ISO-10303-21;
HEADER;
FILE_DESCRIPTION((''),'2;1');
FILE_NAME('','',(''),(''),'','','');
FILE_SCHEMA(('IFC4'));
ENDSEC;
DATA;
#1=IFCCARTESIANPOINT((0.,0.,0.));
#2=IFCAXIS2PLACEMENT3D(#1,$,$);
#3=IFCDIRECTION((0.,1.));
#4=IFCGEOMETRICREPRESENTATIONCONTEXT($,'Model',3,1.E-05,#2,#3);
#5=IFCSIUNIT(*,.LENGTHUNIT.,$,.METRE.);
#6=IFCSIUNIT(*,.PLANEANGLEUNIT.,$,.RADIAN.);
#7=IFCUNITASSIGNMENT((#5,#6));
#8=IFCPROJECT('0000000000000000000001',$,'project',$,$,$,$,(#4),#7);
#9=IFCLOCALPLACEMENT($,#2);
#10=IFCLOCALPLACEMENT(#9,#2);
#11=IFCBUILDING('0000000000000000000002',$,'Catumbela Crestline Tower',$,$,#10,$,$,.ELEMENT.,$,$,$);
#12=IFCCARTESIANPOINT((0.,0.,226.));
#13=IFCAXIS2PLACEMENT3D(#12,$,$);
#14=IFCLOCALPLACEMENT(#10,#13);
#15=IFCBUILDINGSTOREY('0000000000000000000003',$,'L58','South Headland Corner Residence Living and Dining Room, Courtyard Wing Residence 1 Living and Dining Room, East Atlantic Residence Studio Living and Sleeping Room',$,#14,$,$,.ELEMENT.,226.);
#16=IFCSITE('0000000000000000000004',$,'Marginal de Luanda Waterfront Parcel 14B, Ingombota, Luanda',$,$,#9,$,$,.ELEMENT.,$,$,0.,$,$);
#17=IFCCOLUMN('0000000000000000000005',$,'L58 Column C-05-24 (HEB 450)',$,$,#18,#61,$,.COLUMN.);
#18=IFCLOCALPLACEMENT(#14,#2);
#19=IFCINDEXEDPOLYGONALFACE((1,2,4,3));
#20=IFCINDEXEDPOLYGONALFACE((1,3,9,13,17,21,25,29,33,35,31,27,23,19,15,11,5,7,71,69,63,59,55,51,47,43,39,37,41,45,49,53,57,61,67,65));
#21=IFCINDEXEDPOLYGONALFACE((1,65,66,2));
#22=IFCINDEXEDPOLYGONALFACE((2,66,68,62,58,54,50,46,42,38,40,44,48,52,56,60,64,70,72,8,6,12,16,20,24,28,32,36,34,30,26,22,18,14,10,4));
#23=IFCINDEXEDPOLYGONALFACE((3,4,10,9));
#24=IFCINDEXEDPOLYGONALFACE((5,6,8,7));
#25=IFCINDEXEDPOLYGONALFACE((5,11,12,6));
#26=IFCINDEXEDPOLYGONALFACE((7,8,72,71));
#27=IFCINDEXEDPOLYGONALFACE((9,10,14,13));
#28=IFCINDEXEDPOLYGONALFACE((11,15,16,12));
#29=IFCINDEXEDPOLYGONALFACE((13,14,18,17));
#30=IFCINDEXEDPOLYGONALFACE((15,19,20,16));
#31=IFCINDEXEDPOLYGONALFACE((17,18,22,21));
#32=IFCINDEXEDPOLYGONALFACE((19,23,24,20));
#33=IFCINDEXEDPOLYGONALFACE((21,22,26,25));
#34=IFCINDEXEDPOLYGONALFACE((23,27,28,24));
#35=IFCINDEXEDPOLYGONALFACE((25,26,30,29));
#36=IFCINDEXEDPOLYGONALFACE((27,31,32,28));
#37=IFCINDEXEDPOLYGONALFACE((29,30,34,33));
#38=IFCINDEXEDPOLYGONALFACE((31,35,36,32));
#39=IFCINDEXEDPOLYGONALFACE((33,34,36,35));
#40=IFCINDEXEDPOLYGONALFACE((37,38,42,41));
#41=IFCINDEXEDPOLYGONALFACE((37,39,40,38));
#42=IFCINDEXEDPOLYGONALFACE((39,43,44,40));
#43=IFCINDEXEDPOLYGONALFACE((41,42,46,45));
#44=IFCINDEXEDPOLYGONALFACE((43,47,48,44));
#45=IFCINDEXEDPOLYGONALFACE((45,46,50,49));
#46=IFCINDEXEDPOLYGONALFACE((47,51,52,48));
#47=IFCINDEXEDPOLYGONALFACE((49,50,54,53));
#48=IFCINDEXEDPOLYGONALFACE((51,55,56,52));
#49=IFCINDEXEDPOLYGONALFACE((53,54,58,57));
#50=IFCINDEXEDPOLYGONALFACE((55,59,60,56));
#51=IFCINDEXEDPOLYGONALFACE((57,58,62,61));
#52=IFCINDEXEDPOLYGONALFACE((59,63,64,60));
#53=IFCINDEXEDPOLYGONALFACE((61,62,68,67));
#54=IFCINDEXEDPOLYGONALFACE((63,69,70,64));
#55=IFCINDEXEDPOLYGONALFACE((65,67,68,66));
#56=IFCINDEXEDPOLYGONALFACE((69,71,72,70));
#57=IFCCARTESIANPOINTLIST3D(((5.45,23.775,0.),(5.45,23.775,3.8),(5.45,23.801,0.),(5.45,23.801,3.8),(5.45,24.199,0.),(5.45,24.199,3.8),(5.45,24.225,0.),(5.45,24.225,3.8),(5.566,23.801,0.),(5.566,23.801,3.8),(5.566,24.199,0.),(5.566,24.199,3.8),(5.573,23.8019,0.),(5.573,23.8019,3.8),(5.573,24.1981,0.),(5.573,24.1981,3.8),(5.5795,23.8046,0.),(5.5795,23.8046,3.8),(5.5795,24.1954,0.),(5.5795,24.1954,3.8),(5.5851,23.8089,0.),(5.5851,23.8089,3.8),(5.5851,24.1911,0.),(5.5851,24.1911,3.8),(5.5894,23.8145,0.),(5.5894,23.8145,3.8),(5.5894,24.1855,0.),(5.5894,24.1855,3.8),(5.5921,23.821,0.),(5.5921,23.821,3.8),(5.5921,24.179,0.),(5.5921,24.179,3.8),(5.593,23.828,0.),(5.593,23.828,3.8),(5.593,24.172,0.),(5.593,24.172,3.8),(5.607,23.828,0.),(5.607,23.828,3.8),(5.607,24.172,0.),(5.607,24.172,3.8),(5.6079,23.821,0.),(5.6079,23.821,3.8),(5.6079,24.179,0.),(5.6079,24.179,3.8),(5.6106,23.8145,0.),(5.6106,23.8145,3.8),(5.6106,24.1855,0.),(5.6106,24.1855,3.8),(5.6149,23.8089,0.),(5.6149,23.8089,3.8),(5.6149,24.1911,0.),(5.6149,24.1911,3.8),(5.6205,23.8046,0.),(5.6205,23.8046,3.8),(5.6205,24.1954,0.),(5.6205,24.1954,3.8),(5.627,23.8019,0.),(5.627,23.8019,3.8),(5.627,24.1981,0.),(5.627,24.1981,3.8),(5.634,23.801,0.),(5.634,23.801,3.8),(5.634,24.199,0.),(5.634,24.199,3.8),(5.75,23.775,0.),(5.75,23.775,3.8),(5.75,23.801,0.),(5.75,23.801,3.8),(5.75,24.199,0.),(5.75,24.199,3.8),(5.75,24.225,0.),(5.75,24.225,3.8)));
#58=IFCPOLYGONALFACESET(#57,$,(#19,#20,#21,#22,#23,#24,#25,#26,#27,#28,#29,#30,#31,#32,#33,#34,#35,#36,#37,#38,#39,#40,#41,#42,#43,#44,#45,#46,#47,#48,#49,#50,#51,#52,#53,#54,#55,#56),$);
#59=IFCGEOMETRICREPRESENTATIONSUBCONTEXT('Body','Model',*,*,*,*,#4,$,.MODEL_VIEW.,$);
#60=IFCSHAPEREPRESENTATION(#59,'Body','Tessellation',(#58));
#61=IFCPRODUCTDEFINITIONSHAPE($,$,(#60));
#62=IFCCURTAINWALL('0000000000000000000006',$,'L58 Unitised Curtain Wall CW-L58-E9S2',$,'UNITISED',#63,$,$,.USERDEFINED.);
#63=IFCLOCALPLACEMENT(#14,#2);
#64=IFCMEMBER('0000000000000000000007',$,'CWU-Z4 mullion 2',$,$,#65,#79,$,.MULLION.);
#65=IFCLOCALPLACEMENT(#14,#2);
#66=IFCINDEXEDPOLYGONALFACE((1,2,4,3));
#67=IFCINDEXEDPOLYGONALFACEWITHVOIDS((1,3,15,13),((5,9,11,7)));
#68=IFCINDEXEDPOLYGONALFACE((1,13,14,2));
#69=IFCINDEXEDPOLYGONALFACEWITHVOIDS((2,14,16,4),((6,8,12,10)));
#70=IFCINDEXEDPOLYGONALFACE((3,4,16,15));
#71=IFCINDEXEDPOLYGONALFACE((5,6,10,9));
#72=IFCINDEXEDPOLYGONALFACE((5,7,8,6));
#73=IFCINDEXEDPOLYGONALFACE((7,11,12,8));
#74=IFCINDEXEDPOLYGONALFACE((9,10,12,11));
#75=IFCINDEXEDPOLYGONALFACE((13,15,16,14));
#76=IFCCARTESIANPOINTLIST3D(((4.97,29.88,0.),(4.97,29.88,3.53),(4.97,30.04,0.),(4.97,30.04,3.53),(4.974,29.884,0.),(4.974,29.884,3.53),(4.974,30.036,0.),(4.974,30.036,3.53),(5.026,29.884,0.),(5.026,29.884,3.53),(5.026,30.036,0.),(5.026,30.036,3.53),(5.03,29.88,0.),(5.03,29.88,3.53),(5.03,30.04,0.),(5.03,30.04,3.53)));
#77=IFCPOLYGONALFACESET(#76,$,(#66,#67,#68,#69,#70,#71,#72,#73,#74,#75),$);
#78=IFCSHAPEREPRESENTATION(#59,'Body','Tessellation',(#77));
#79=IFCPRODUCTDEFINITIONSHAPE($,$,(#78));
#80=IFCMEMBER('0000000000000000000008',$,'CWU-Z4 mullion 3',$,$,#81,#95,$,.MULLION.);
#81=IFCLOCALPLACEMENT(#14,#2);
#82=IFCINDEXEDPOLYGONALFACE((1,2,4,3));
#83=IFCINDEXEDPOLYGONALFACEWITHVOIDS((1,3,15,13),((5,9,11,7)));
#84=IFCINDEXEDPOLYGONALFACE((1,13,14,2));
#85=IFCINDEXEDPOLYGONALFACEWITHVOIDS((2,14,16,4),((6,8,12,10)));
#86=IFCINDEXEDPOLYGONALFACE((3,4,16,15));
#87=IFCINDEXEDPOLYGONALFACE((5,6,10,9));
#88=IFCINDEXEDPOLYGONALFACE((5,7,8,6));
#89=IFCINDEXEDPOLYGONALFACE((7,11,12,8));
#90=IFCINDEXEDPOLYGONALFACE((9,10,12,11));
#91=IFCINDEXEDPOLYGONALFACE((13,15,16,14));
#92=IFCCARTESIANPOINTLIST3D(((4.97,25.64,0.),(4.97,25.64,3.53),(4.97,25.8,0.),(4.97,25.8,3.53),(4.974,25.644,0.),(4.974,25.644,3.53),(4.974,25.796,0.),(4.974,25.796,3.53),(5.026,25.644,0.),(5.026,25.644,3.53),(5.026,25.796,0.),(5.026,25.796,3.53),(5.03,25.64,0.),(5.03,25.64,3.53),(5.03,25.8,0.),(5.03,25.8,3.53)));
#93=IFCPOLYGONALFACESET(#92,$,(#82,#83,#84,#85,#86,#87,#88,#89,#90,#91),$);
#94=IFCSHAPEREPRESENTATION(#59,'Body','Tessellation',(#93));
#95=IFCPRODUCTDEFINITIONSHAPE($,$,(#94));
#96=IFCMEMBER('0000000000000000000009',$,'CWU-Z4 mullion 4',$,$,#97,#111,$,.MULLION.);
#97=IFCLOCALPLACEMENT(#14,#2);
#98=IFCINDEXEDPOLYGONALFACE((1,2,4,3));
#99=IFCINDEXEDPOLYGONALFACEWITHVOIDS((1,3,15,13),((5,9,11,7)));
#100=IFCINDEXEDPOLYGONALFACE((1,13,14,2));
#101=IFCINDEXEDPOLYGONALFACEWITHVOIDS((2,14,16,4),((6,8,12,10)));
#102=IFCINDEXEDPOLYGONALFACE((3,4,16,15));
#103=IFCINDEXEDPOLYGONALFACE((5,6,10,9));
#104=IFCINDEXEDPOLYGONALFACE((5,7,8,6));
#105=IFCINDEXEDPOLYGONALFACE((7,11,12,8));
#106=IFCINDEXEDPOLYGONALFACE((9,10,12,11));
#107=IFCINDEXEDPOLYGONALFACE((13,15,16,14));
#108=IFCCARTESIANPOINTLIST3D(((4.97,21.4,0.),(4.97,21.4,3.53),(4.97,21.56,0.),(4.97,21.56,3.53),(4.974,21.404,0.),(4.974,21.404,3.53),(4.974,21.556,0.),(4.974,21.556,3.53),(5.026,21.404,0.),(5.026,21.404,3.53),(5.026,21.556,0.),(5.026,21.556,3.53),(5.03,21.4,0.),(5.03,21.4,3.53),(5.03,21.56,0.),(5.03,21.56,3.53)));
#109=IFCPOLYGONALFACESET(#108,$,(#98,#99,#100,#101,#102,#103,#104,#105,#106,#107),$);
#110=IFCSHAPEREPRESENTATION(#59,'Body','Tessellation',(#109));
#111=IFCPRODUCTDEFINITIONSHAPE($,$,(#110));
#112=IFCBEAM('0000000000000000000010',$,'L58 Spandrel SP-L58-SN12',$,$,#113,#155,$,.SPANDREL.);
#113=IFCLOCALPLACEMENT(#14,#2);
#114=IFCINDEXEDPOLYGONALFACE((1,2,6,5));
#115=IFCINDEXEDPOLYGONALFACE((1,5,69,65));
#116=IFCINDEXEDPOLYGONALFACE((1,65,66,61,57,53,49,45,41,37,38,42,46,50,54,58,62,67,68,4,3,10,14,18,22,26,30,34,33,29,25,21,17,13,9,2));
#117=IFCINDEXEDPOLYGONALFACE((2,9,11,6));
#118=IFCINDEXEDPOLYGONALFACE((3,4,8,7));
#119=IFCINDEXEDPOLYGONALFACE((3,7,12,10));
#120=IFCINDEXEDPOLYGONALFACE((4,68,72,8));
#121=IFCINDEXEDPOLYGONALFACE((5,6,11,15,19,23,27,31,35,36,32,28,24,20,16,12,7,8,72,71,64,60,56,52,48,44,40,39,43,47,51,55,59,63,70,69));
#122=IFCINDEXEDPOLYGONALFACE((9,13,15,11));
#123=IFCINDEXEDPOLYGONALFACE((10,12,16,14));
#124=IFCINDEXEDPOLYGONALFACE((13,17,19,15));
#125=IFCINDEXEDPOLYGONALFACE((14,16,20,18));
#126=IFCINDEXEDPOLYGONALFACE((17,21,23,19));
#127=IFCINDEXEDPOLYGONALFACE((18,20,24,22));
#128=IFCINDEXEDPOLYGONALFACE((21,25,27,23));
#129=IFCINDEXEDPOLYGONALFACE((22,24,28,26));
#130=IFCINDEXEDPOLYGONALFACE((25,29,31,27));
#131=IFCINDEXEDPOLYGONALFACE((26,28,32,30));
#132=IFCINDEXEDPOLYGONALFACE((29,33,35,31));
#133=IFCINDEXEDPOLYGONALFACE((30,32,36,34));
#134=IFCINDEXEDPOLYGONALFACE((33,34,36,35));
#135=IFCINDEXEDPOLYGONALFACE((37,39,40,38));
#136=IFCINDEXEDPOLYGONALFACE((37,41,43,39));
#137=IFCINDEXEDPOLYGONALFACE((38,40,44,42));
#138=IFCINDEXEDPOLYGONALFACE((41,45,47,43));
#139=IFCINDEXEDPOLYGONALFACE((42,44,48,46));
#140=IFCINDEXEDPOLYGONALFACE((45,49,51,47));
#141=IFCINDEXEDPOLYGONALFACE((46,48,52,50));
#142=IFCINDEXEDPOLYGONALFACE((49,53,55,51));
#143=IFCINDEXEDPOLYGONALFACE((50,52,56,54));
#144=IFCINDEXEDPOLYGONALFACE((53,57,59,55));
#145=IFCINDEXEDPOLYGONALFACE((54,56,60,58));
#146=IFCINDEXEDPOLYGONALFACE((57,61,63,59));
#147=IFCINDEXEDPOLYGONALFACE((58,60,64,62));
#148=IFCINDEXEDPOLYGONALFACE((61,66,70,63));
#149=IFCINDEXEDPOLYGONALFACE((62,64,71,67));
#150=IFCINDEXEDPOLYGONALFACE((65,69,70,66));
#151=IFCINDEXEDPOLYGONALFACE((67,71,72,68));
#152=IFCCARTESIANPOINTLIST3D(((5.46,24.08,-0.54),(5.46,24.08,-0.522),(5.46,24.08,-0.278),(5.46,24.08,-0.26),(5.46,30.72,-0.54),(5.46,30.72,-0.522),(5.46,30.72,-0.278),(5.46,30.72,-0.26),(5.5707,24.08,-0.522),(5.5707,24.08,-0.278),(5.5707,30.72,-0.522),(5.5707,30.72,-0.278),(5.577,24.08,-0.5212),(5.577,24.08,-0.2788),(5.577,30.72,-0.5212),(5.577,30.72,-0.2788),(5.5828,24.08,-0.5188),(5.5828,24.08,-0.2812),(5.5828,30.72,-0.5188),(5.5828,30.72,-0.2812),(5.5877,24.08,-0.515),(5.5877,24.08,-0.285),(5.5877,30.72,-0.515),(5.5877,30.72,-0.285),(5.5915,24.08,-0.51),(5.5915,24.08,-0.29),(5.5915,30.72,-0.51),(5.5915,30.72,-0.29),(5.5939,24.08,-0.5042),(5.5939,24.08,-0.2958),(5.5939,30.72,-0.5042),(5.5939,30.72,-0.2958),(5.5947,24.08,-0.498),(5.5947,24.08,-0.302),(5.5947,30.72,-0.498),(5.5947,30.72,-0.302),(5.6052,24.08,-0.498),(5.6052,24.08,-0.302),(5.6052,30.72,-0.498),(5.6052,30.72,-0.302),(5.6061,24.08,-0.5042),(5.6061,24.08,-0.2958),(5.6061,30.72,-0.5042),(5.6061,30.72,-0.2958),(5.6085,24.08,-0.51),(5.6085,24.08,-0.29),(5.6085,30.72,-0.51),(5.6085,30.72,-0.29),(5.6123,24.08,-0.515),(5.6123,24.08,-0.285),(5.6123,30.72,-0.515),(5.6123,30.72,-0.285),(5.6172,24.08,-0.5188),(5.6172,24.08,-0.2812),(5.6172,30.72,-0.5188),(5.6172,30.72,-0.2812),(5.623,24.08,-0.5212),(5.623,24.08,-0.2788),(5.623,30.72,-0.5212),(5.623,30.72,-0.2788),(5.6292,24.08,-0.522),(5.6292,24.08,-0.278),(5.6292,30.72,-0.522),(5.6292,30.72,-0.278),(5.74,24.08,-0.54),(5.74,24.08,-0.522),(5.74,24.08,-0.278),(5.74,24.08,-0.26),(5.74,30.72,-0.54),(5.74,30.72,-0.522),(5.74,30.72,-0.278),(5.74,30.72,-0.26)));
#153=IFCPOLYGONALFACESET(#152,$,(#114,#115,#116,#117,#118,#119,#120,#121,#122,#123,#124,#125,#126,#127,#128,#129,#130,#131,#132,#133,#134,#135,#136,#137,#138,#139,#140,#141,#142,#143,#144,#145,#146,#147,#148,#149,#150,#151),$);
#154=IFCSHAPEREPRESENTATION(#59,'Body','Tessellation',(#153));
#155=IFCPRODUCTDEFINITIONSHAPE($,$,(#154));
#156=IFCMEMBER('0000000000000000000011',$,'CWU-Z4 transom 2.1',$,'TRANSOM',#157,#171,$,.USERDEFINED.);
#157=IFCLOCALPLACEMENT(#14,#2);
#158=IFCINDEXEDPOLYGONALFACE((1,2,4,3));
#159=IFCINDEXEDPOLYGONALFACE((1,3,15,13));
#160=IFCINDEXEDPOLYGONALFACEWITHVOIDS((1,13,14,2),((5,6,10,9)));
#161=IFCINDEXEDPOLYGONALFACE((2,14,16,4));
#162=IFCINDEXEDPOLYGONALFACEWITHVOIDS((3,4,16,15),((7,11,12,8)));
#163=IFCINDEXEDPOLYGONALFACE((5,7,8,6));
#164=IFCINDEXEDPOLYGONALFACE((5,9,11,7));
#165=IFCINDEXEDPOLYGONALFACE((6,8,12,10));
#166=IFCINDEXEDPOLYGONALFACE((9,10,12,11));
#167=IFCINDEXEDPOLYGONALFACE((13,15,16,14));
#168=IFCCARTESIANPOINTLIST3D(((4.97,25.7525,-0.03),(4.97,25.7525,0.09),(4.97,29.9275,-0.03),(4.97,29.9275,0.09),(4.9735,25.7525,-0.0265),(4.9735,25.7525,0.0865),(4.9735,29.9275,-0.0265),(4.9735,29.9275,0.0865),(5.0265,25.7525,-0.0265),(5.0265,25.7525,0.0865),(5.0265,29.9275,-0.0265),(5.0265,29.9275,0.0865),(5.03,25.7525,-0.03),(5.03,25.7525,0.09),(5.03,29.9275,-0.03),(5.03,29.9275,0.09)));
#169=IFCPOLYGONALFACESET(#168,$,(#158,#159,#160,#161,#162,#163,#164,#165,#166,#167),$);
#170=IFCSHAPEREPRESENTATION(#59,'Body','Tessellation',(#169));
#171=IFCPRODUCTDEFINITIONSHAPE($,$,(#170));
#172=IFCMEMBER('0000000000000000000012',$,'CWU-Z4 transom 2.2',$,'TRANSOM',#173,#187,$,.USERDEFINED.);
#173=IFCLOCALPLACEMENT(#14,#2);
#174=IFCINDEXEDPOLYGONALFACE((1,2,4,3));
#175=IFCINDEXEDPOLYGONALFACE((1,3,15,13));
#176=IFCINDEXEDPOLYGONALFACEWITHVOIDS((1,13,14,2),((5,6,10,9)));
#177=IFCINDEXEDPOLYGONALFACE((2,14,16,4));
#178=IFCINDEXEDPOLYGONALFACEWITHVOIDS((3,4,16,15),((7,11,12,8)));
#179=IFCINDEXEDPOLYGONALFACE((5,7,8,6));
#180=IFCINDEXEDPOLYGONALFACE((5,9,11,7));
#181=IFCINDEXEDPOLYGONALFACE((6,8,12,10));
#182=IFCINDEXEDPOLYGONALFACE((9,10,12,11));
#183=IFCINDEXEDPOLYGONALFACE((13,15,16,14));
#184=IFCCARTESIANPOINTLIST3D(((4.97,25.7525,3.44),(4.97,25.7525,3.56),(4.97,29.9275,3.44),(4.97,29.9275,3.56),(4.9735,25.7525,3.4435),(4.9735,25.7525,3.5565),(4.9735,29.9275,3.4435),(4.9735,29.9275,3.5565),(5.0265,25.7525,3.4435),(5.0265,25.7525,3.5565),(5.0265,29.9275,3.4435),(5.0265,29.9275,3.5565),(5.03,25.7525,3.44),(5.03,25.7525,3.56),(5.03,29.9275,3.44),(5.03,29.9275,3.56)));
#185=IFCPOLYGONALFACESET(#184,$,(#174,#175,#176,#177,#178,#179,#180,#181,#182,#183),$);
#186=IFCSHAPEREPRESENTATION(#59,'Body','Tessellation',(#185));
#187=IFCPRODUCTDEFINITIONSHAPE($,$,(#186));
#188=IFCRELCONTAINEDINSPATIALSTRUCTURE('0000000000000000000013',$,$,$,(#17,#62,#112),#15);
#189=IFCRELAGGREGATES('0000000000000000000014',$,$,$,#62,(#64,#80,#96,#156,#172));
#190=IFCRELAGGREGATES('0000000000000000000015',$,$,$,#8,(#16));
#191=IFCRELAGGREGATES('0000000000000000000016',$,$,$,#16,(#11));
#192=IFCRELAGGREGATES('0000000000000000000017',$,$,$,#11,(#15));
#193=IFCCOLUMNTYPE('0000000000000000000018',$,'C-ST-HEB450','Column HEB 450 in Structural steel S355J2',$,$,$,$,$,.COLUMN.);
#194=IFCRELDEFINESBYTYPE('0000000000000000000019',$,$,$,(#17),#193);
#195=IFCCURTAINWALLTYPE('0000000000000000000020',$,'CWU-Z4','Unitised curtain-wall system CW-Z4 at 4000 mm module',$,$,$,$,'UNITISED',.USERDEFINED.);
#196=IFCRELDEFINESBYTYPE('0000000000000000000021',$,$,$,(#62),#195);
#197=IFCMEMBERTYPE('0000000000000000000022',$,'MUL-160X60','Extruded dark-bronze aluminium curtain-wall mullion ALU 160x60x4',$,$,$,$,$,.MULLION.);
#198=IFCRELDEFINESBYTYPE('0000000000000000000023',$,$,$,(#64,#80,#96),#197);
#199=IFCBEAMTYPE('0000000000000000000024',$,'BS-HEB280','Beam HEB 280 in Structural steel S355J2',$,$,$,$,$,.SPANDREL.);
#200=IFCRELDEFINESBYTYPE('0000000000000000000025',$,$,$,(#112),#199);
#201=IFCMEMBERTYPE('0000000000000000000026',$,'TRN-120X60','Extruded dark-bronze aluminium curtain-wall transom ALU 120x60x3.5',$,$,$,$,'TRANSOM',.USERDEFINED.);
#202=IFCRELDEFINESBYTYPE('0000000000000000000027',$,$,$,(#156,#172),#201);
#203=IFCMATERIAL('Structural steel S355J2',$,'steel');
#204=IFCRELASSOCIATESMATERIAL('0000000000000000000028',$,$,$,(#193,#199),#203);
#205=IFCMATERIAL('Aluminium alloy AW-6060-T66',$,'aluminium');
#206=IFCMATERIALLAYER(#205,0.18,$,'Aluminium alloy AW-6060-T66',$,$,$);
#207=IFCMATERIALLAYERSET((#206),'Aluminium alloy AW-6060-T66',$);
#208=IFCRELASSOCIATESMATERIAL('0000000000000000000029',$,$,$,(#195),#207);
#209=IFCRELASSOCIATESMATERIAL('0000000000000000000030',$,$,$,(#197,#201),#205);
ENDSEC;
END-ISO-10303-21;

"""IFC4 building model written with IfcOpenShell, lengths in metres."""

from ifc_helpers import new_model, si_unit, direction, frame, origin, origin_2d, place, context, subcontext, project, spatial, hollow_rectangle, i_section, extrude, material, layer, layer_set, material_profile, profile_set, type_object, element, aggregate, save


model = new_model("IFC4")

# Units and contexts
model_context = context("Model", 3, precision=1e-05, world=origin(), true_north=direction((0.0, 1.0)))
body_context = subcontext(model_context, "Body", "Model", "MODEL_VIEW")
ifc_project = project(units=[si_unit("LENGTHUNIT", "METRE"), si_unit("PLANEANGLEUNIT", "RADIAN")], contexts=[model_context])

# Site, building, storey
site_placement = place(None, origin())
site = spatial("IfcSite", under=ifc_project, at=site_placement, Name="Marginal de Luanda Waterfront Parcel 14B, Ingombota, Luanda", CompositionType="ELEMENT", RefElevation=0.0)
building_placement = place(site_placement, origin())
building = spatial("IfcBuilding", under=site, at=building_placement, Name="Catumbela Crestline Tower", CompositionType="ELEMENT")
storey_placement = place(building_placement, frame((0.0, 0.0, 226.0)))
storey = spatial("IfcBuildingStorey", under=building, at=storey_placement, Name="L58", Description="South Headland Corner Residence Living and Dining Room, Courtyard Wing Residence 1 Living and Dining Room, East Atlantic Residence Studio Living and Sleeping Room", CompositionType="ELEMENT", Elevation=226.0)

# Column
ifc_material_1 = material(Name="Structural steel S355J2", Category="steel")
ifc_material_profile_1 = material_profile(ifc_material_1, i_section(OverallWidth=0.3, OverallDepth=0.45, WebThickness=0.014, FlangeThickness=0.026, FilletRadius=0.027, at=origin_2d()), Name="HEB 450")
ifc_profile_set_1 = profile_set([ifc_material_profile_1], Name="Structural steel S355J2")
column_type = type_object("IfcColumnType", Name="C-ST-HEB450", Description="Column HEB 450 in Structural steel S355J2", PredefinedType="COLUMN", material=ifc_profile_set_1)
column_placement = place(storey_placement, frame((5.6, 24.0, 0.0), z_axis=(0.0, 0.0, 1.0), x_axis=(1.0, 0.0, 0.0)))
element("IfcColumn", 1, at=column_placement, inside=storey, type_object=column_type, Name="L58 Column C-05-24 (HEB 450)", PredefinedType="COLUMN", context=body_context, shape_type="SweptSolid", body=[
    extrude(i_section(OverallWidth=0.3, OverallDepth=0.45, WebThickness=0.014, FlangeThickness=0.026, FilletRadius=0.027, at=origin_2d()), origin(), (0.0, 0.0, 1.0), 3.8),
])

# Curtain wall, members
ifc_material_2 = material(Name="Aluminium alloy AW-6060-T66", Category="aluminium")
ifc_layer_1 = layer(ifc_material_2, 0.18, Name="Aluminium alloy AW-6060-T66")
ifc_layer_set_1 = layer_set([ifc_layer_1], Name="Aluminium alloy AW-6060-T66")
curtain_wall_type = type_object("IfcCurtainWallType", Name="CWU-Z4", Description="Unitised curtain-wall system CW-Z4 at 4000 mm module", ElementType="UNITISED", PredefinedType="USERDEFINED", material=ifc_layer_set_1)
curtain_wall_placement = place(storey_placement, origin())
curtain_wall = element("IfcCurtainWall", 2, at=curtain_wall_placement, inside=storey, type_object=curtain_wall_type, Name="L58 Unitised Curtain Wall CW-L58-E9S2", ObjectType="UNITISED", PredefinedType="USERDEFINED")
ifc_material_profile_2 = material_profile(ifc_material_2, hollow_rectangle(XDim=0.06, YDim=0.16, WallThickness=0.004, at=origin_2d()), Name="ALU 160x60x4")
ifc_profile_set_2 = profile_set([ifc_material_profile_2], Name="Aluminium alloy AW-6060-T66")
member_type_1 = type_object("IfcMemberType", Name="MUL-160X60", Description="Extruded dark-bronze aluminium curtain-wall mullion ALU 160x60x4", PredefinedType="MULLION", material=ifc_profile_set_2)
member_1_placement = place(storey_placement, frame((5.0, 29.96, 0.0), z_axis=(0.0, 0.0, 1.0), x_axis=(1.0, 0.0, 0.0)))
member_1 = element("IfcMember", 3, at=member_1_placement, type_object=member_type_1, Name="CWU-Z4 mullion 2", PredefinedType="MULLION", context=body_context, shape_type="SweptSolid", body=[
    extrude(hollow_rectangle(XDim=0.06, YDim=0.16, WallThickness=0.004, at=origin_2d()), origin(), (0.0, 0.0, 1.0), 3.53),
])
member_2_placement = place(storey_placement, frame((5.0, 25.72, 0.0), z_axis=(0.0, 0.0, 1.0), x_axis=(1.0, 0.0, 0.0)))
member_2 = element("IfcMember", 4, at=member_2_placement, type_object=member_type_1, Name="CWU-Z4 mullion 3", PredefinedType="MULLION", context=body_context, shape_type="SweptSolid", body=[
    extrude(hollow_rectangle(XDim=0.06, YDim=0.16, WallThickness=0.004, at=origin_2d()), origin(), (0.0, 0.0, 1.0), 3.53),
])
member_3_placement = place(storey_placement, frame((5.0, 21.48, 0.0), z_axis=(0.0, 0.0, 1.0), x_axis=(1.0, 0.0, 0.0)))
member_3 = element("IfcMember", 5, at=member_3_placement, type_object=member_type_1, Name="CWU-Z4 mullion 4", PredefinedType="MULLION", context=body_context, shape_type="SweptSolid", body=[
    extrude(hollow_rectangle(XDim=0.06, YDim=0.16, WallThickness=0.004, at=origin_2d()), origin(), (0.0, 0.0, 1.0), 3.53),
])

# Beam
ifc_material_profile_3 = material_profile(ifc_material_1, i_section(OverallWidth=0.28, OverallDepth=0.28, WebThickness=0.0105, FlangeThickness=0.018, FilletRadius=0.024, at=origin_2d()), Name="HEB 280")
ifc_profile_set_3 = profile_set([ifc_material_profile_3], Name="Structural steel S355J2")
beam_type = type_object("IfcBeamType", Name="BS-HEB280", Description="Beam HEB 280 in Structural steel S355J2", PredefinedType="SPANDREL", material=ifc_profile_set_3)
beam_placement = place(storey_placement, frame((5.6, 24.08, -0.4), z_axis=(0.0, 1.0, 0.0), x_axis=(-1.0, 0.0, 0.0)))
element("IfcBeam", 6, at=beam_placement, inside=storey, type_object=beam_type, Name="L58 Spandrel SP-L58-SN12", PredefinedType="SPANDREL", context=body_context, shape_type="SweptSolid", body=[
    extrude(i_section(OverallWidth=0.28, OverallDepth=0.28, WebThickness=0.0105, FlangeThickness=0.018, FilletRadius=0.024, at=origin_2d()), origin(), (0.0, 0.0, 1.0), 6.64),
])

# Members
ifc_material_profile_4 = material_profile(ifc_material_2, hollow_rectangle(XDim=0.06, YDim=0.12, WallThickness=0.0035, at=origin_2d()), Name="ALU 120x60x3.5")
ifc_profile_set_4 = profile_set([ifc_material_profile_4], Name="Aluminium alloy AW-6060-T66")
member_type_2 = type_object("IfcMemberType", Name="TRN-120X60", Description="Extruded dark-bronze aluminium curtain-wall transom ALU 120x60x3.5", ElementType="TRANSOM", PredefinedType="USERDEFINED", material=ifc_profile_set_4)
member_4_placement = place(storey_placement, frame((5.0, 29.9275, 0.03), z_axis=(0.0, -1.0, 0.0), x_axis=(1.0, 0.0, 0.0)))
member_4 = element("IfcMember", 7, at=member_4_placement, type_object=member_type_2, Name="CWU-Z4 transom 2.1", ObjectType="TRANSOM", PredefinedType="USERDEFINED", context=body_context, shape_type="SweptSolid", body=[
    extrude(hollow_rectangle(XDim=0.06, YDim=0.12, WallThickness=0.0035, at=origin_2d()), origin(), (0.0, 0.0, 1.0), 4.175),
])
member_5_placement = place(storey_placement, frame((5.0, 29.9275, 3.5), z_axis=(0.0, -1.0, 0.0), x_axis=(1.0, 0.0, 0.0)))
member_5 = element("IfcMember", 8, at=member_5_placement, type_object=member_type_2, Name="CWU-Z4 transom 2.2", ObjectType="TRANSOM", PredefinedType="USERDEFINED", context=body_context, shape_type="SweptSolid", body=[
    extrude(hollow_rectangle(XDim=0.06, YDim=0.12, WallThickness=0.0035, at=origin_2d()), origin(), (0.0, 0.0, 1.0), 4.175),
])

aggregate(curtain_wall, [member_1, member_2, member_3, member_4, member_5])

save(model, "model.ifc")
